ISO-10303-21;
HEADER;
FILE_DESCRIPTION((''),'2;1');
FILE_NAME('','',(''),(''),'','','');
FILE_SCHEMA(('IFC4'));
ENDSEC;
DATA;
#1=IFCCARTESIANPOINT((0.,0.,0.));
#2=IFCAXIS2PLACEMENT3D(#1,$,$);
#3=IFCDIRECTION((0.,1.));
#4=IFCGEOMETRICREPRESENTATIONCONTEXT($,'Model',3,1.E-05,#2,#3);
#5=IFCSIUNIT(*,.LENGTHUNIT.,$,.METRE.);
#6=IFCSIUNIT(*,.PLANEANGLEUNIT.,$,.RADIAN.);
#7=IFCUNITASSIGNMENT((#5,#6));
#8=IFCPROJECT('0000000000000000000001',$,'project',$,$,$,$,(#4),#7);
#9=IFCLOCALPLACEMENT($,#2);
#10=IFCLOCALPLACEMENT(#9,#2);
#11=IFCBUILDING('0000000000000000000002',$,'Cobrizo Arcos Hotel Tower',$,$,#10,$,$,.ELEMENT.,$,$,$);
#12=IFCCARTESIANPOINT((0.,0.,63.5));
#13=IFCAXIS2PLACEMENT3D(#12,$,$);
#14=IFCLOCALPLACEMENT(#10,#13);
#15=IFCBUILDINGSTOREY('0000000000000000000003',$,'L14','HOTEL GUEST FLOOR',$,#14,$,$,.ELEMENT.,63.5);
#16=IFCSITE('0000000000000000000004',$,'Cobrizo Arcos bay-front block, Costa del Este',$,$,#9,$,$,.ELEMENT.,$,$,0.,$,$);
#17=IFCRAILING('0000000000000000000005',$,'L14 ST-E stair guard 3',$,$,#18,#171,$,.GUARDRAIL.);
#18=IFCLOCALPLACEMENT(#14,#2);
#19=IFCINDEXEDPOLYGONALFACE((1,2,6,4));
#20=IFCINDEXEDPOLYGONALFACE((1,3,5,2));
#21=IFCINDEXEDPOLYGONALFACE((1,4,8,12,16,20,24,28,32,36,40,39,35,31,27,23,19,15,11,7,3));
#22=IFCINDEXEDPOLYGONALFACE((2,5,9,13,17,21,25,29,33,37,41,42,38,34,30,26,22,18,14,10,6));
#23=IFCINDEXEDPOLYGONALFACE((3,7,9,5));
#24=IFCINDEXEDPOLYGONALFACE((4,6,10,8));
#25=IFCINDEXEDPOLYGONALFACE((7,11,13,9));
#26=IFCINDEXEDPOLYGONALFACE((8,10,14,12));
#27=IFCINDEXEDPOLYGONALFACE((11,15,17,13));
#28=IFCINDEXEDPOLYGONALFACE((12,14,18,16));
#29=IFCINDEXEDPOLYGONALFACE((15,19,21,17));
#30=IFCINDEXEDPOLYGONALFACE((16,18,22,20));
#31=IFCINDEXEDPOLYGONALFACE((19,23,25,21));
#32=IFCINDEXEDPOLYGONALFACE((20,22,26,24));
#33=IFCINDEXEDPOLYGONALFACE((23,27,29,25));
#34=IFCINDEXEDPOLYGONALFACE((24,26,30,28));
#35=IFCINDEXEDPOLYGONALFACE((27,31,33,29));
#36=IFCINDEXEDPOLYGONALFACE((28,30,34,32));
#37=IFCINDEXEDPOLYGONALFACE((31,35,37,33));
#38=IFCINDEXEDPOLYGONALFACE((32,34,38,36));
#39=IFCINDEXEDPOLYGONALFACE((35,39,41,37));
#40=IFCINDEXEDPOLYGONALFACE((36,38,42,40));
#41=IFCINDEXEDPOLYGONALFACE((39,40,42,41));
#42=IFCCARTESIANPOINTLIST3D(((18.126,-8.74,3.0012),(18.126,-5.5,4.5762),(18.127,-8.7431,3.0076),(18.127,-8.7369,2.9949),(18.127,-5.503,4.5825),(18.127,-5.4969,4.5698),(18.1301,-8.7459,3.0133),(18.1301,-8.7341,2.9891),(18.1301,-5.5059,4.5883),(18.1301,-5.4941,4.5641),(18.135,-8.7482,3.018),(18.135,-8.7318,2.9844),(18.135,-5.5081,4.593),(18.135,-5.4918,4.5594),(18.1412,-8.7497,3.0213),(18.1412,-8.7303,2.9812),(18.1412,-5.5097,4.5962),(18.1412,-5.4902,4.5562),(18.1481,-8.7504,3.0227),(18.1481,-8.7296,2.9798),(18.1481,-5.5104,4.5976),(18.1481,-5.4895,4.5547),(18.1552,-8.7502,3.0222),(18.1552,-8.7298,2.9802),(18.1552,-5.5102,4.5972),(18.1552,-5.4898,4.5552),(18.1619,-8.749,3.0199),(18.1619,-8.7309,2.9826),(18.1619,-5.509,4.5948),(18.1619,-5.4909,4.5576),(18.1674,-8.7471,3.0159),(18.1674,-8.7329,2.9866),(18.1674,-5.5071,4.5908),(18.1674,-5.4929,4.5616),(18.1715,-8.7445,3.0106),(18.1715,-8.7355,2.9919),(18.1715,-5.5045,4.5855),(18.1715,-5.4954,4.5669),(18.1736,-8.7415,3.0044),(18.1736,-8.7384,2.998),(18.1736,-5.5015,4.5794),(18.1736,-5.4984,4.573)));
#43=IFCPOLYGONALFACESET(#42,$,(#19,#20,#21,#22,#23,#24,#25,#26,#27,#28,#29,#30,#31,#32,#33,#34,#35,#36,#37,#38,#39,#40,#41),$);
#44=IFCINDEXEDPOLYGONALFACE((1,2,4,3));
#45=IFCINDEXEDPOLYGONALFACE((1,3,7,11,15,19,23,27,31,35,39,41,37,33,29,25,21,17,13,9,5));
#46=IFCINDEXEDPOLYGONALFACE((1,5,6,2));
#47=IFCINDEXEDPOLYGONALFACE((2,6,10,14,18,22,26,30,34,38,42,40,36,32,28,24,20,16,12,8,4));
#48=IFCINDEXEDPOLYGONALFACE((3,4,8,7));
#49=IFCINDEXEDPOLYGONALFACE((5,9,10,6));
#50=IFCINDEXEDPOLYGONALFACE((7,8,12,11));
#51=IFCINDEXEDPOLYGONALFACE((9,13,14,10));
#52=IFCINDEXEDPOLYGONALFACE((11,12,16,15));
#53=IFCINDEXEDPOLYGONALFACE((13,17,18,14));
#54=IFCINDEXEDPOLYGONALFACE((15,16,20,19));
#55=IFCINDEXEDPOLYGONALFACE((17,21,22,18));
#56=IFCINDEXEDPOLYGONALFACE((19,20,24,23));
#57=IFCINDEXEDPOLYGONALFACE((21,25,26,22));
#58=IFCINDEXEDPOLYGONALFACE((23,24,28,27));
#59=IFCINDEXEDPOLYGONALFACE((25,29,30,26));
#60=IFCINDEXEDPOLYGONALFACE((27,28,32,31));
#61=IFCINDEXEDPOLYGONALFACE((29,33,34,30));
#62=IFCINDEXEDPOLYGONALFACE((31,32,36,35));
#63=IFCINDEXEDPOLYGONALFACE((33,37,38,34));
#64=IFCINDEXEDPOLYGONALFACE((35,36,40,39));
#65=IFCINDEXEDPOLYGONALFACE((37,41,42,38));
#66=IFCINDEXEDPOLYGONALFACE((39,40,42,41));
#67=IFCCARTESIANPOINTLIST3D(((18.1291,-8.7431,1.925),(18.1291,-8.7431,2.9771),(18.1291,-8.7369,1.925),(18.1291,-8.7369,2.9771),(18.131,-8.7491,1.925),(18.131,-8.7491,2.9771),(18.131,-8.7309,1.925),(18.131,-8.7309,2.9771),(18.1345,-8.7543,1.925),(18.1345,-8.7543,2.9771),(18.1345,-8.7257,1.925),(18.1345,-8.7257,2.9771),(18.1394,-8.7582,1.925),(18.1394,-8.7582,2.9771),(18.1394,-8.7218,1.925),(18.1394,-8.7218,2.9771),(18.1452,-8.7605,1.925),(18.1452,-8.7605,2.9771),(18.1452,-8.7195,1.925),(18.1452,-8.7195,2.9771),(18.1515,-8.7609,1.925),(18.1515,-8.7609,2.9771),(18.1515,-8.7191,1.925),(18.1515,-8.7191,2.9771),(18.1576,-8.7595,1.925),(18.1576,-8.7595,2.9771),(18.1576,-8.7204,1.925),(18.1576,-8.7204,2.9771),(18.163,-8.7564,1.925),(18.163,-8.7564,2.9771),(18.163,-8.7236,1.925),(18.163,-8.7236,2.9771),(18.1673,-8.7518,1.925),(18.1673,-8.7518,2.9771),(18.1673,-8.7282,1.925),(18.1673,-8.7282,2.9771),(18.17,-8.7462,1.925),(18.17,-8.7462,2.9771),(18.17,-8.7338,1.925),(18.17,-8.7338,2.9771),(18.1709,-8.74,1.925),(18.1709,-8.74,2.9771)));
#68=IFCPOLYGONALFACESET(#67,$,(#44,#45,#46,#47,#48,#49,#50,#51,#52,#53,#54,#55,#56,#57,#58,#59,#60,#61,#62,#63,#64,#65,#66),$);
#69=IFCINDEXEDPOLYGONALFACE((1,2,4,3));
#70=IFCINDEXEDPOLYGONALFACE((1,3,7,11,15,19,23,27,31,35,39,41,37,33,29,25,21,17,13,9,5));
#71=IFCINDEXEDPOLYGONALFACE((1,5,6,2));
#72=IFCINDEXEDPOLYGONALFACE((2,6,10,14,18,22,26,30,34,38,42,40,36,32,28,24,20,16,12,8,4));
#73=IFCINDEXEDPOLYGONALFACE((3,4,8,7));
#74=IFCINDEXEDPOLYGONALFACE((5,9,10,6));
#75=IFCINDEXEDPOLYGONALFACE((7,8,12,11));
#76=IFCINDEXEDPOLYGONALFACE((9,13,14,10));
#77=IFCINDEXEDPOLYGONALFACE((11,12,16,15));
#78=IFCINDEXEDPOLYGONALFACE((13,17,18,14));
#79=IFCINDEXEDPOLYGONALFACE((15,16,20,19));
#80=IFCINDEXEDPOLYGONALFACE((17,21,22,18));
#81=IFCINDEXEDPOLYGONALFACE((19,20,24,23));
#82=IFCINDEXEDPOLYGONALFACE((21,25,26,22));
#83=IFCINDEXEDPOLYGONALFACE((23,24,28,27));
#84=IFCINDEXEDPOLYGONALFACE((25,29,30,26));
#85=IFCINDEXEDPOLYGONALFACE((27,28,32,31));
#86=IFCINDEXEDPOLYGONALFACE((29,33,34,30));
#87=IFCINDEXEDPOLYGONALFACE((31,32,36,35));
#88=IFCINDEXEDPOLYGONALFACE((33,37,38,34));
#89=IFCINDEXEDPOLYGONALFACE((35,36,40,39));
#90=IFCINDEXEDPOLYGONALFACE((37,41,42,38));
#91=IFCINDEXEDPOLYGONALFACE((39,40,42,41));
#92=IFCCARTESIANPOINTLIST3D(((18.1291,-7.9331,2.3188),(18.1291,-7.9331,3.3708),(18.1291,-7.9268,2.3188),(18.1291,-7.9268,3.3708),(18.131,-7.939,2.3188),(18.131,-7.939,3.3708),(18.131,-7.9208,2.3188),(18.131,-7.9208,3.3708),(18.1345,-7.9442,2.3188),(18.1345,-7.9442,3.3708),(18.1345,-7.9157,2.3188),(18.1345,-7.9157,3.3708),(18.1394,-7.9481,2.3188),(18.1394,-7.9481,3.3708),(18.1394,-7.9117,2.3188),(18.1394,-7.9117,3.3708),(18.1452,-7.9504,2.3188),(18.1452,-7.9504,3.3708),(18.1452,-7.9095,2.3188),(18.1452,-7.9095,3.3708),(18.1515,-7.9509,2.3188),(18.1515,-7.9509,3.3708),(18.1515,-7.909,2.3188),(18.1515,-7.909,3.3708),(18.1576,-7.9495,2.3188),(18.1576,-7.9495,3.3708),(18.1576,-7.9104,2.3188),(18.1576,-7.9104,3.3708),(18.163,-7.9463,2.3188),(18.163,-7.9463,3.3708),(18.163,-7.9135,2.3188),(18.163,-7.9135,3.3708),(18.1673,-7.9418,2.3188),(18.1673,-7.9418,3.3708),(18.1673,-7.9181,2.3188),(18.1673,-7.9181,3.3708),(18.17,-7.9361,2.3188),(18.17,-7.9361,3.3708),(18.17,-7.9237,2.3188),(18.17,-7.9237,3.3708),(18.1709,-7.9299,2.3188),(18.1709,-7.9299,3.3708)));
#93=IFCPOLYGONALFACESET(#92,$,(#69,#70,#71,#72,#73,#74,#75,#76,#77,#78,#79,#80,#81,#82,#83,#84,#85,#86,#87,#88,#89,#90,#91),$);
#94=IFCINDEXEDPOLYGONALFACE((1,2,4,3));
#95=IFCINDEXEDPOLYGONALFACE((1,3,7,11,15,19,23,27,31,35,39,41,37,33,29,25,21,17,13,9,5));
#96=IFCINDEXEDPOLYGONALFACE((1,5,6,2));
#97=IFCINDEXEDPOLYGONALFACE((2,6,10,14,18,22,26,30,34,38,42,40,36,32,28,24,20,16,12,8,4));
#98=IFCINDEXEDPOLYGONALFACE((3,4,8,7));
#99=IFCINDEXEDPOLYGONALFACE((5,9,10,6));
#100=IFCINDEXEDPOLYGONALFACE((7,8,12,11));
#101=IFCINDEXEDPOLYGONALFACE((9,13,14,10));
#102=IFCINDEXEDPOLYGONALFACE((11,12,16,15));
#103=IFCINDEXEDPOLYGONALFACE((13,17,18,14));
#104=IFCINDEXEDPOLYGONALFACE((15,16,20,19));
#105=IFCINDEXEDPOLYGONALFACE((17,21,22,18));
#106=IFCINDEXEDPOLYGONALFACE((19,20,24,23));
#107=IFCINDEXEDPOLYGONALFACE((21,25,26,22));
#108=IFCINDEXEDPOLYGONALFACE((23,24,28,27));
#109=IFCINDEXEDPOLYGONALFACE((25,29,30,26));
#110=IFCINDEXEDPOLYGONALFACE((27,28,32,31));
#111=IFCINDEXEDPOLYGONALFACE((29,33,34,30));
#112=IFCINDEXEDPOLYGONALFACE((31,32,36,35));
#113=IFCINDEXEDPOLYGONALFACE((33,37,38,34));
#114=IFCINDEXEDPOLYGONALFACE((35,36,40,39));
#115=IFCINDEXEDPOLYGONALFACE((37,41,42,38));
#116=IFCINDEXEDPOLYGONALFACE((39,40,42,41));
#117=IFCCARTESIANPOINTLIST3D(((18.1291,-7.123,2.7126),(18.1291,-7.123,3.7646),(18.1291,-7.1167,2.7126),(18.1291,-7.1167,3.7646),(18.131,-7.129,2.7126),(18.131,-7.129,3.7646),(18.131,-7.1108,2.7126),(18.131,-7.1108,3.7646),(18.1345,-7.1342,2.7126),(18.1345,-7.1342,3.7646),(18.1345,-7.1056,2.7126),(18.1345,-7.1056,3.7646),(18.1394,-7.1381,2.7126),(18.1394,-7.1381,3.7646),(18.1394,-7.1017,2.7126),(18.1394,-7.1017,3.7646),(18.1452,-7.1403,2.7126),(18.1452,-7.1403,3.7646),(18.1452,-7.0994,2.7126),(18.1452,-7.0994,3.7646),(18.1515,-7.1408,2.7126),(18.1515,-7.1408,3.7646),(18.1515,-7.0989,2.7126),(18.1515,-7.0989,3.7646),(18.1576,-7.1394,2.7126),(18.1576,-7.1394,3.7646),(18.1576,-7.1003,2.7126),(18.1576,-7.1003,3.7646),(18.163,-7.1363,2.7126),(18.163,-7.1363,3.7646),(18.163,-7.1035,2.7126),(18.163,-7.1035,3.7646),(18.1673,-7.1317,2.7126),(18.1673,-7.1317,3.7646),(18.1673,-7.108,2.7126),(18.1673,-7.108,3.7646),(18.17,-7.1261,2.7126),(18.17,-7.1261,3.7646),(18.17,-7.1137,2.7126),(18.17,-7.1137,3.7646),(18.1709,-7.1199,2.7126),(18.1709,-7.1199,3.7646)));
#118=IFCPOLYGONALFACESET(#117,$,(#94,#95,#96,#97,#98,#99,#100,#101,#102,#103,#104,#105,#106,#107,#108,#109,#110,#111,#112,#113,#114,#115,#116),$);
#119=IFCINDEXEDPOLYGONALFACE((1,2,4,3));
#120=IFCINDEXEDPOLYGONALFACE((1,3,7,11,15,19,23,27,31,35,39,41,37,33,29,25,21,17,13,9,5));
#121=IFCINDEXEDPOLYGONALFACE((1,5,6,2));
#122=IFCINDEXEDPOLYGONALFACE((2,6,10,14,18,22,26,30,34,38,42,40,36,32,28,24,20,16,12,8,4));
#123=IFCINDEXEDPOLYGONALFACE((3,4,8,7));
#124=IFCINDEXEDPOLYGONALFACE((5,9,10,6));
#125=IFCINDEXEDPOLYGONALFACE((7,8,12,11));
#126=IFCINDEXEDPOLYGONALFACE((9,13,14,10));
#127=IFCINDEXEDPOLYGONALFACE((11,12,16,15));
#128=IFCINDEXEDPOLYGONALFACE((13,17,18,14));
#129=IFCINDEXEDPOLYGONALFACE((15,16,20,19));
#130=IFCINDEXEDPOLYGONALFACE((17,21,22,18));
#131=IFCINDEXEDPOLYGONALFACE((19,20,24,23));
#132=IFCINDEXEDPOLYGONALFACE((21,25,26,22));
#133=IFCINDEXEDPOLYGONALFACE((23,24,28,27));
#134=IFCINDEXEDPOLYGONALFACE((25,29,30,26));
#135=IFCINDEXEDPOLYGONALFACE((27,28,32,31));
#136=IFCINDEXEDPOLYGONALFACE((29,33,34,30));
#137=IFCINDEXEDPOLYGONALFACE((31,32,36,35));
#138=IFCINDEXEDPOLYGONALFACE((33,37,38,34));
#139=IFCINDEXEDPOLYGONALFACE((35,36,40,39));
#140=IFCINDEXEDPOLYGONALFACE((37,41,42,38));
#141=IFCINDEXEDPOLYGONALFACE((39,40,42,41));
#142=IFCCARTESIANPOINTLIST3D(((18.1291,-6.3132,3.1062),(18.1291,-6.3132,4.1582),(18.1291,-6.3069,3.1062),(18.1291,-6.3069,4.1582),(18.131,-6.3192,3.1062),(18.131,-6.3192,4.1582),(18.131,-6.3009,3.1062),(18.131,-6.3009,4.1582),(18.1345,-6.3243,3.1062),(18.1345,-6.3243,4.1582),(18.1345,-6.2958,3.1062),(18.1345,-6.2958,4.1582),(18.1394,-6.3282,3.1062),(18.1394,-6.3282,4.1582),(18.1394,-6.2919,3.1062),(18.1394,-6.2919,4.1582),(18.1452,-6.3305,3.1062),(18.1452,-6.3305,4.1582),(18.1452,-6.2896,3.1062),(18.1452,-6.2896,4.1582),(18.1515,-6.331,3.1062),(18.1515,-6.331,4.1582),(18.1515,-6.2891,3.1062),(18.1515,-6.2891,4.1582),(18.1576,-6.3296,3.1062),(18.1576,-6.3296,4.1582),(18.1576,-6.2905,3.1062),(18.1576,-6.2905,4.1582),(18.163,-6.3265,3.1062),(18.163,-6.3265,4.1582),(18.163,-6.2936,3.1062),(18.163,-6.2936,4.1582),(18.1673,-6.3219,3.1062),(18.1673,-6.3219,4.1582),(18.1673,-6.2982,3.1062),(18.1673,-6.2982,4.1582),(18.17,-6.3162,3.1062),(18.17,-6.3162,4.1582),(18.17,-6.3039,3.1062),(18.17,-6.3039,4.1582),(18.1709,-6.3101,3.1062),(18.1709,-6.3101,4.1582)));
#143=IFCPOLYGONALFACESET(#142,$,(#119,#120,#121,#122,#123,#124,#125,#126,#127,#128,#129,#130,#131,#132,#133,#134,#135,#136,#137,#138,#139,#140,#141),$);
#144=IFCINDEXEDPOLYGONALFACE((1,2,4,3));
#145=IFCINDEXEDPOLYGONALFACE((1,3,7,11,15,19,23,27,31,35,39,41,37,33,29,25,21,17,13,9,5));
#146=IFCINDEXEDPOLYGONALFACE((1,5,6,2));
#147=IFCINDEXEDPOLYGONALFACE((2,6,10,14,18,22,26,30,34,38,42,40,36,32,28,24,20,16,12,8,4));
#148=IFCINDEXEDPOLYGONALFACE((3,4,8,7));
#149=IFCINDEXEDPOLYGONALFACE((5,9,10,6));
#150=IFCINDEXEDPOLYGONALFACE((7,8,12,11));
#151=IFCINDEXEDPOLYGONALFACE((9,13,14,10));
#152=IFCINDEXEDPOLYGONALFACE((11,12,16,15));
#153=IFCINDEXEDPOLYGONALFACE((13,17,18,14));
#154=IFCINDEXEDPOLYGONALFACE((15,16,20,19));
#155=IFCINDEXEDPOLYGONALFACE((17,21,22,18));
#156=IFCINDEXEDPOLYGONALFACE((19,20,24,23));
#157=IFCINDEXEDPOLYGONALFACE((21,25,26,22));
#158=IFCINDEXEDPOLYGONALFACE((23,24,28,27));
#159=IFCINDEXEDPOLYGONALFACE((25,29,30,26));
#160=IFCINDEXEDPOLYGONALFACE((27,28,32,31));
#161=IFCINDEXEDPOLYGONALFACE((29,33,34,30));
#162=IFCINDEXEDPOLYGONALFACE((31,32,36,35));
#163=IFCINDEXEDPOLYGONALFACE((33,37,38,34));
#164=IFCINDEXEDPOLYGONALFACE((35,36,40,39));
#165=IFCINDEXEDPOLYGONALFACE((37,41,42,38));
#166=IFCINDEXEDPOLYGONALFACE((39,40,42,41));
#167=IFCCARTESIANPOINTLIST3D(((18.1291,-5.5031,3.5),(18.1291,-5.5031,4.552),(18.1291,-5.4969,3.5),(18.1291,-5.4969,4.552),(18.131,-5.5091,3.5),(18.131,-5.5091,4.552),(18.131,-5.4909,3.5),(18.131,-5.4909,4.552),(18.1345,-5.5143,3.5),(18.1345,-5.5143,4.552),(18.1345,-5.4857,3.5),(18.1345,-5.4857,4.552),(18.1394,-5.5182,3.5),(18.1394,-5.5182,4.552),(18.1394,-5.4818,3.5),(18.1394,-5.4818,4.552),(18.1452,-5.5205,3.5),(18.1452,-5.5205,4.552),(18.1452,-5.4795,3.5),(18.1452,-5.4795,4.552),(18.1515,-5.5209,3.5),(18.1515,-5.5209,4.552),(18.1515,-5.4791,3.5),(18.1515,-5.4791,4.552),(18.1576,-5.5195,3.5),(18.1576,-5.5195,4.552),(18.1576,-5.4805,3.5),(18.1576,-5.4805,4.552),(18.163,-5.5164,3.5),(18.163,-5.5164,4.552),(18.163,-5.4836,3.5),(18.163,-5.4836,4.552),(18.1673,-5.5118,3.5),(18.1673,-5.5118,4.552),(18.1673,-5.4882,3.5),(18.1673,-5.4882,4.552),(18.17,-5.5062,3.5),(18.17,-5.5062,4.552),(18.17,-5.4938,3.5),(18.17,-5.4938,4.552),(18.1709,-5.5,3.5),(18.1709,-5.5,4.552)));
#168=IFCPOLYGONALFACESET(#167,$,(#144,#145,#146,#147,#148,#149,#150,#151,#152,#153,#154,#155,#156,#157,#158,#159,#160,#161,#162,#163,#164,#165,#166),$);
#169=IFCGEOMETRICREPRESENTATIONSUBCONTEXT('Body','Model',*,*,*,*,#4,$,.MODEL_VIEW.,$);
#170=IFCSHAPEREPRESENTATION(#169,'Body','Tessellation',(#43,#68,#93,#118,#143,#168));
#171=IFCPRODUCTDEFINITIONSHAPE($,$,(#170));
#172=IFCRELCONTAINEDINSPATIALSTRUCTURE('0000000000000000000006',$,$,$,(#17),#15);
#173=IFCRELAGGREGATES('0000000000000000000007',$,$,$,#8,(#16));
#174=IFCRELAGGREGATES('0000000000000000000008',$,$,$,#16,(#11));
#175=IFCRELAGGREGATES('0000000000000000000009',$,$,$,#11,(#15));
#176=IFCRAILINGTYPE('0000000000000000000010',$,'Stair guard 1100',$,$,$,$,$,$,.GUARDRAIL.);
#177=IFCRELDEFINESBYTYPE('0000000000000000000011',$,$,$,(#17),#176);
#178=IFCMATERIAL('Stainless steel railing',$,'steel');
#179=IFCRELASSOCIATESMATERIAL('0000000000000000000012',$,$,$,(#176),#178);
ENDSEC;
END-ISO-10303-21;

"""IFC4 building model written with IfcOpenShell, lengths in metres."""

from ifc_helpers import new_model, si_unit, direction, frame, origin, origin_2d, place, context, subcontext, project, spatial, circle, extrude, material, type_object, element, save


model = new_model("IFC4")

# Units and contexts
model_context = context("Model", 3, precision=1e-05, world=origin(), true_north=direction((0.0, 1.0)))
body_context = subcontext(model_context, "Body", "Model", "MODEL_VIEW")
ifc_project = project(units=[si_unit("LENGTHUNIT", "METRE"), si_unit("PLANEANGLEUNIT", "RADIAN")], contexts=[model_context])

# Site, building, storey
site_placement = place(None, origin())
site = spatial("IfcSite", under=ifc_project, at=site_placement, Name="Cobrizo Arcos bay-front block, Costa del Este", CompositionType="ELEMENT", RefElevation=0.0)
building_placement = place(site_placement, origin())
building = spatial("IfcBuilding", under=site, at=building_placement, Name="Cobrizo Arcos Hotel Tower", CompositionType="ELEMENT")
storey_placement = place(building_placement, frame((0.0, 0.0, 63.5)))
storey = spatial("IfcBuildingStorey", under=building, at=storey_placement, Name="L14", Description="HOTEL GUEST FLOOR", CompositionType="ELEMENT", Elevation=63.5)

# Railing
ifc_material_1 = material(Name="Stainless steel railing", Category="steel")
railing_type_1 = type_object("IfcRailingType", Name="Stair guard 1100", PredefinedType="GUARDRAIL", material=ifc_material_1)
railing_1_placement = place(storey_placement, frame((18.1499, -8.74, 1.925)))
element("IfcRailing", 1, at=railing_1_placement, inside=storey, type_object=railing_type_1, Name="L14 ST-E stair guard 3", PredefinedType="GUARDRAIL", context=body_context, shape_type="SweptSolid", body=[
    extrude(circle(Radius=0.0239, at=origin_2d()), frame((0.0, 0.0, 1.0762), z_axis=(0.0, 0.899373, 0.437183), x_axis=(-1.0, 0.0, 0.0)), (0.0, 0.0, 1.0), 3.6025),
    extrude(circle(Radius=0.021, at=origin_2d()), origin(), (0.0, 0.0, 1.0), 1.052),
    extrude(circle(Radius=0.021, at=origin_2d()), frame((0.0, 0.8101, 0.3938)), (0.0, 0.0, 1.0), 1.052),
    extrude(circle(Radius=0.021, at=origin_2d()), frame((0.0, 1.6201, 0.7876)), (0.0, 0.0, 1.0), 1.052),
    extrude(circle(Radius=0.021, at=origin_2d()), frame((0.0, 2.4299, 1.1812)), (0.0, 0.0, 1.0), 1.052),
    extrude(circle(Radius=0.021, at=origin_2d()), frame((0.0, 3.24, 1.575)), (0.0, 0.0, 1.0), 1.052),
])

save(model, "model.ifc")
